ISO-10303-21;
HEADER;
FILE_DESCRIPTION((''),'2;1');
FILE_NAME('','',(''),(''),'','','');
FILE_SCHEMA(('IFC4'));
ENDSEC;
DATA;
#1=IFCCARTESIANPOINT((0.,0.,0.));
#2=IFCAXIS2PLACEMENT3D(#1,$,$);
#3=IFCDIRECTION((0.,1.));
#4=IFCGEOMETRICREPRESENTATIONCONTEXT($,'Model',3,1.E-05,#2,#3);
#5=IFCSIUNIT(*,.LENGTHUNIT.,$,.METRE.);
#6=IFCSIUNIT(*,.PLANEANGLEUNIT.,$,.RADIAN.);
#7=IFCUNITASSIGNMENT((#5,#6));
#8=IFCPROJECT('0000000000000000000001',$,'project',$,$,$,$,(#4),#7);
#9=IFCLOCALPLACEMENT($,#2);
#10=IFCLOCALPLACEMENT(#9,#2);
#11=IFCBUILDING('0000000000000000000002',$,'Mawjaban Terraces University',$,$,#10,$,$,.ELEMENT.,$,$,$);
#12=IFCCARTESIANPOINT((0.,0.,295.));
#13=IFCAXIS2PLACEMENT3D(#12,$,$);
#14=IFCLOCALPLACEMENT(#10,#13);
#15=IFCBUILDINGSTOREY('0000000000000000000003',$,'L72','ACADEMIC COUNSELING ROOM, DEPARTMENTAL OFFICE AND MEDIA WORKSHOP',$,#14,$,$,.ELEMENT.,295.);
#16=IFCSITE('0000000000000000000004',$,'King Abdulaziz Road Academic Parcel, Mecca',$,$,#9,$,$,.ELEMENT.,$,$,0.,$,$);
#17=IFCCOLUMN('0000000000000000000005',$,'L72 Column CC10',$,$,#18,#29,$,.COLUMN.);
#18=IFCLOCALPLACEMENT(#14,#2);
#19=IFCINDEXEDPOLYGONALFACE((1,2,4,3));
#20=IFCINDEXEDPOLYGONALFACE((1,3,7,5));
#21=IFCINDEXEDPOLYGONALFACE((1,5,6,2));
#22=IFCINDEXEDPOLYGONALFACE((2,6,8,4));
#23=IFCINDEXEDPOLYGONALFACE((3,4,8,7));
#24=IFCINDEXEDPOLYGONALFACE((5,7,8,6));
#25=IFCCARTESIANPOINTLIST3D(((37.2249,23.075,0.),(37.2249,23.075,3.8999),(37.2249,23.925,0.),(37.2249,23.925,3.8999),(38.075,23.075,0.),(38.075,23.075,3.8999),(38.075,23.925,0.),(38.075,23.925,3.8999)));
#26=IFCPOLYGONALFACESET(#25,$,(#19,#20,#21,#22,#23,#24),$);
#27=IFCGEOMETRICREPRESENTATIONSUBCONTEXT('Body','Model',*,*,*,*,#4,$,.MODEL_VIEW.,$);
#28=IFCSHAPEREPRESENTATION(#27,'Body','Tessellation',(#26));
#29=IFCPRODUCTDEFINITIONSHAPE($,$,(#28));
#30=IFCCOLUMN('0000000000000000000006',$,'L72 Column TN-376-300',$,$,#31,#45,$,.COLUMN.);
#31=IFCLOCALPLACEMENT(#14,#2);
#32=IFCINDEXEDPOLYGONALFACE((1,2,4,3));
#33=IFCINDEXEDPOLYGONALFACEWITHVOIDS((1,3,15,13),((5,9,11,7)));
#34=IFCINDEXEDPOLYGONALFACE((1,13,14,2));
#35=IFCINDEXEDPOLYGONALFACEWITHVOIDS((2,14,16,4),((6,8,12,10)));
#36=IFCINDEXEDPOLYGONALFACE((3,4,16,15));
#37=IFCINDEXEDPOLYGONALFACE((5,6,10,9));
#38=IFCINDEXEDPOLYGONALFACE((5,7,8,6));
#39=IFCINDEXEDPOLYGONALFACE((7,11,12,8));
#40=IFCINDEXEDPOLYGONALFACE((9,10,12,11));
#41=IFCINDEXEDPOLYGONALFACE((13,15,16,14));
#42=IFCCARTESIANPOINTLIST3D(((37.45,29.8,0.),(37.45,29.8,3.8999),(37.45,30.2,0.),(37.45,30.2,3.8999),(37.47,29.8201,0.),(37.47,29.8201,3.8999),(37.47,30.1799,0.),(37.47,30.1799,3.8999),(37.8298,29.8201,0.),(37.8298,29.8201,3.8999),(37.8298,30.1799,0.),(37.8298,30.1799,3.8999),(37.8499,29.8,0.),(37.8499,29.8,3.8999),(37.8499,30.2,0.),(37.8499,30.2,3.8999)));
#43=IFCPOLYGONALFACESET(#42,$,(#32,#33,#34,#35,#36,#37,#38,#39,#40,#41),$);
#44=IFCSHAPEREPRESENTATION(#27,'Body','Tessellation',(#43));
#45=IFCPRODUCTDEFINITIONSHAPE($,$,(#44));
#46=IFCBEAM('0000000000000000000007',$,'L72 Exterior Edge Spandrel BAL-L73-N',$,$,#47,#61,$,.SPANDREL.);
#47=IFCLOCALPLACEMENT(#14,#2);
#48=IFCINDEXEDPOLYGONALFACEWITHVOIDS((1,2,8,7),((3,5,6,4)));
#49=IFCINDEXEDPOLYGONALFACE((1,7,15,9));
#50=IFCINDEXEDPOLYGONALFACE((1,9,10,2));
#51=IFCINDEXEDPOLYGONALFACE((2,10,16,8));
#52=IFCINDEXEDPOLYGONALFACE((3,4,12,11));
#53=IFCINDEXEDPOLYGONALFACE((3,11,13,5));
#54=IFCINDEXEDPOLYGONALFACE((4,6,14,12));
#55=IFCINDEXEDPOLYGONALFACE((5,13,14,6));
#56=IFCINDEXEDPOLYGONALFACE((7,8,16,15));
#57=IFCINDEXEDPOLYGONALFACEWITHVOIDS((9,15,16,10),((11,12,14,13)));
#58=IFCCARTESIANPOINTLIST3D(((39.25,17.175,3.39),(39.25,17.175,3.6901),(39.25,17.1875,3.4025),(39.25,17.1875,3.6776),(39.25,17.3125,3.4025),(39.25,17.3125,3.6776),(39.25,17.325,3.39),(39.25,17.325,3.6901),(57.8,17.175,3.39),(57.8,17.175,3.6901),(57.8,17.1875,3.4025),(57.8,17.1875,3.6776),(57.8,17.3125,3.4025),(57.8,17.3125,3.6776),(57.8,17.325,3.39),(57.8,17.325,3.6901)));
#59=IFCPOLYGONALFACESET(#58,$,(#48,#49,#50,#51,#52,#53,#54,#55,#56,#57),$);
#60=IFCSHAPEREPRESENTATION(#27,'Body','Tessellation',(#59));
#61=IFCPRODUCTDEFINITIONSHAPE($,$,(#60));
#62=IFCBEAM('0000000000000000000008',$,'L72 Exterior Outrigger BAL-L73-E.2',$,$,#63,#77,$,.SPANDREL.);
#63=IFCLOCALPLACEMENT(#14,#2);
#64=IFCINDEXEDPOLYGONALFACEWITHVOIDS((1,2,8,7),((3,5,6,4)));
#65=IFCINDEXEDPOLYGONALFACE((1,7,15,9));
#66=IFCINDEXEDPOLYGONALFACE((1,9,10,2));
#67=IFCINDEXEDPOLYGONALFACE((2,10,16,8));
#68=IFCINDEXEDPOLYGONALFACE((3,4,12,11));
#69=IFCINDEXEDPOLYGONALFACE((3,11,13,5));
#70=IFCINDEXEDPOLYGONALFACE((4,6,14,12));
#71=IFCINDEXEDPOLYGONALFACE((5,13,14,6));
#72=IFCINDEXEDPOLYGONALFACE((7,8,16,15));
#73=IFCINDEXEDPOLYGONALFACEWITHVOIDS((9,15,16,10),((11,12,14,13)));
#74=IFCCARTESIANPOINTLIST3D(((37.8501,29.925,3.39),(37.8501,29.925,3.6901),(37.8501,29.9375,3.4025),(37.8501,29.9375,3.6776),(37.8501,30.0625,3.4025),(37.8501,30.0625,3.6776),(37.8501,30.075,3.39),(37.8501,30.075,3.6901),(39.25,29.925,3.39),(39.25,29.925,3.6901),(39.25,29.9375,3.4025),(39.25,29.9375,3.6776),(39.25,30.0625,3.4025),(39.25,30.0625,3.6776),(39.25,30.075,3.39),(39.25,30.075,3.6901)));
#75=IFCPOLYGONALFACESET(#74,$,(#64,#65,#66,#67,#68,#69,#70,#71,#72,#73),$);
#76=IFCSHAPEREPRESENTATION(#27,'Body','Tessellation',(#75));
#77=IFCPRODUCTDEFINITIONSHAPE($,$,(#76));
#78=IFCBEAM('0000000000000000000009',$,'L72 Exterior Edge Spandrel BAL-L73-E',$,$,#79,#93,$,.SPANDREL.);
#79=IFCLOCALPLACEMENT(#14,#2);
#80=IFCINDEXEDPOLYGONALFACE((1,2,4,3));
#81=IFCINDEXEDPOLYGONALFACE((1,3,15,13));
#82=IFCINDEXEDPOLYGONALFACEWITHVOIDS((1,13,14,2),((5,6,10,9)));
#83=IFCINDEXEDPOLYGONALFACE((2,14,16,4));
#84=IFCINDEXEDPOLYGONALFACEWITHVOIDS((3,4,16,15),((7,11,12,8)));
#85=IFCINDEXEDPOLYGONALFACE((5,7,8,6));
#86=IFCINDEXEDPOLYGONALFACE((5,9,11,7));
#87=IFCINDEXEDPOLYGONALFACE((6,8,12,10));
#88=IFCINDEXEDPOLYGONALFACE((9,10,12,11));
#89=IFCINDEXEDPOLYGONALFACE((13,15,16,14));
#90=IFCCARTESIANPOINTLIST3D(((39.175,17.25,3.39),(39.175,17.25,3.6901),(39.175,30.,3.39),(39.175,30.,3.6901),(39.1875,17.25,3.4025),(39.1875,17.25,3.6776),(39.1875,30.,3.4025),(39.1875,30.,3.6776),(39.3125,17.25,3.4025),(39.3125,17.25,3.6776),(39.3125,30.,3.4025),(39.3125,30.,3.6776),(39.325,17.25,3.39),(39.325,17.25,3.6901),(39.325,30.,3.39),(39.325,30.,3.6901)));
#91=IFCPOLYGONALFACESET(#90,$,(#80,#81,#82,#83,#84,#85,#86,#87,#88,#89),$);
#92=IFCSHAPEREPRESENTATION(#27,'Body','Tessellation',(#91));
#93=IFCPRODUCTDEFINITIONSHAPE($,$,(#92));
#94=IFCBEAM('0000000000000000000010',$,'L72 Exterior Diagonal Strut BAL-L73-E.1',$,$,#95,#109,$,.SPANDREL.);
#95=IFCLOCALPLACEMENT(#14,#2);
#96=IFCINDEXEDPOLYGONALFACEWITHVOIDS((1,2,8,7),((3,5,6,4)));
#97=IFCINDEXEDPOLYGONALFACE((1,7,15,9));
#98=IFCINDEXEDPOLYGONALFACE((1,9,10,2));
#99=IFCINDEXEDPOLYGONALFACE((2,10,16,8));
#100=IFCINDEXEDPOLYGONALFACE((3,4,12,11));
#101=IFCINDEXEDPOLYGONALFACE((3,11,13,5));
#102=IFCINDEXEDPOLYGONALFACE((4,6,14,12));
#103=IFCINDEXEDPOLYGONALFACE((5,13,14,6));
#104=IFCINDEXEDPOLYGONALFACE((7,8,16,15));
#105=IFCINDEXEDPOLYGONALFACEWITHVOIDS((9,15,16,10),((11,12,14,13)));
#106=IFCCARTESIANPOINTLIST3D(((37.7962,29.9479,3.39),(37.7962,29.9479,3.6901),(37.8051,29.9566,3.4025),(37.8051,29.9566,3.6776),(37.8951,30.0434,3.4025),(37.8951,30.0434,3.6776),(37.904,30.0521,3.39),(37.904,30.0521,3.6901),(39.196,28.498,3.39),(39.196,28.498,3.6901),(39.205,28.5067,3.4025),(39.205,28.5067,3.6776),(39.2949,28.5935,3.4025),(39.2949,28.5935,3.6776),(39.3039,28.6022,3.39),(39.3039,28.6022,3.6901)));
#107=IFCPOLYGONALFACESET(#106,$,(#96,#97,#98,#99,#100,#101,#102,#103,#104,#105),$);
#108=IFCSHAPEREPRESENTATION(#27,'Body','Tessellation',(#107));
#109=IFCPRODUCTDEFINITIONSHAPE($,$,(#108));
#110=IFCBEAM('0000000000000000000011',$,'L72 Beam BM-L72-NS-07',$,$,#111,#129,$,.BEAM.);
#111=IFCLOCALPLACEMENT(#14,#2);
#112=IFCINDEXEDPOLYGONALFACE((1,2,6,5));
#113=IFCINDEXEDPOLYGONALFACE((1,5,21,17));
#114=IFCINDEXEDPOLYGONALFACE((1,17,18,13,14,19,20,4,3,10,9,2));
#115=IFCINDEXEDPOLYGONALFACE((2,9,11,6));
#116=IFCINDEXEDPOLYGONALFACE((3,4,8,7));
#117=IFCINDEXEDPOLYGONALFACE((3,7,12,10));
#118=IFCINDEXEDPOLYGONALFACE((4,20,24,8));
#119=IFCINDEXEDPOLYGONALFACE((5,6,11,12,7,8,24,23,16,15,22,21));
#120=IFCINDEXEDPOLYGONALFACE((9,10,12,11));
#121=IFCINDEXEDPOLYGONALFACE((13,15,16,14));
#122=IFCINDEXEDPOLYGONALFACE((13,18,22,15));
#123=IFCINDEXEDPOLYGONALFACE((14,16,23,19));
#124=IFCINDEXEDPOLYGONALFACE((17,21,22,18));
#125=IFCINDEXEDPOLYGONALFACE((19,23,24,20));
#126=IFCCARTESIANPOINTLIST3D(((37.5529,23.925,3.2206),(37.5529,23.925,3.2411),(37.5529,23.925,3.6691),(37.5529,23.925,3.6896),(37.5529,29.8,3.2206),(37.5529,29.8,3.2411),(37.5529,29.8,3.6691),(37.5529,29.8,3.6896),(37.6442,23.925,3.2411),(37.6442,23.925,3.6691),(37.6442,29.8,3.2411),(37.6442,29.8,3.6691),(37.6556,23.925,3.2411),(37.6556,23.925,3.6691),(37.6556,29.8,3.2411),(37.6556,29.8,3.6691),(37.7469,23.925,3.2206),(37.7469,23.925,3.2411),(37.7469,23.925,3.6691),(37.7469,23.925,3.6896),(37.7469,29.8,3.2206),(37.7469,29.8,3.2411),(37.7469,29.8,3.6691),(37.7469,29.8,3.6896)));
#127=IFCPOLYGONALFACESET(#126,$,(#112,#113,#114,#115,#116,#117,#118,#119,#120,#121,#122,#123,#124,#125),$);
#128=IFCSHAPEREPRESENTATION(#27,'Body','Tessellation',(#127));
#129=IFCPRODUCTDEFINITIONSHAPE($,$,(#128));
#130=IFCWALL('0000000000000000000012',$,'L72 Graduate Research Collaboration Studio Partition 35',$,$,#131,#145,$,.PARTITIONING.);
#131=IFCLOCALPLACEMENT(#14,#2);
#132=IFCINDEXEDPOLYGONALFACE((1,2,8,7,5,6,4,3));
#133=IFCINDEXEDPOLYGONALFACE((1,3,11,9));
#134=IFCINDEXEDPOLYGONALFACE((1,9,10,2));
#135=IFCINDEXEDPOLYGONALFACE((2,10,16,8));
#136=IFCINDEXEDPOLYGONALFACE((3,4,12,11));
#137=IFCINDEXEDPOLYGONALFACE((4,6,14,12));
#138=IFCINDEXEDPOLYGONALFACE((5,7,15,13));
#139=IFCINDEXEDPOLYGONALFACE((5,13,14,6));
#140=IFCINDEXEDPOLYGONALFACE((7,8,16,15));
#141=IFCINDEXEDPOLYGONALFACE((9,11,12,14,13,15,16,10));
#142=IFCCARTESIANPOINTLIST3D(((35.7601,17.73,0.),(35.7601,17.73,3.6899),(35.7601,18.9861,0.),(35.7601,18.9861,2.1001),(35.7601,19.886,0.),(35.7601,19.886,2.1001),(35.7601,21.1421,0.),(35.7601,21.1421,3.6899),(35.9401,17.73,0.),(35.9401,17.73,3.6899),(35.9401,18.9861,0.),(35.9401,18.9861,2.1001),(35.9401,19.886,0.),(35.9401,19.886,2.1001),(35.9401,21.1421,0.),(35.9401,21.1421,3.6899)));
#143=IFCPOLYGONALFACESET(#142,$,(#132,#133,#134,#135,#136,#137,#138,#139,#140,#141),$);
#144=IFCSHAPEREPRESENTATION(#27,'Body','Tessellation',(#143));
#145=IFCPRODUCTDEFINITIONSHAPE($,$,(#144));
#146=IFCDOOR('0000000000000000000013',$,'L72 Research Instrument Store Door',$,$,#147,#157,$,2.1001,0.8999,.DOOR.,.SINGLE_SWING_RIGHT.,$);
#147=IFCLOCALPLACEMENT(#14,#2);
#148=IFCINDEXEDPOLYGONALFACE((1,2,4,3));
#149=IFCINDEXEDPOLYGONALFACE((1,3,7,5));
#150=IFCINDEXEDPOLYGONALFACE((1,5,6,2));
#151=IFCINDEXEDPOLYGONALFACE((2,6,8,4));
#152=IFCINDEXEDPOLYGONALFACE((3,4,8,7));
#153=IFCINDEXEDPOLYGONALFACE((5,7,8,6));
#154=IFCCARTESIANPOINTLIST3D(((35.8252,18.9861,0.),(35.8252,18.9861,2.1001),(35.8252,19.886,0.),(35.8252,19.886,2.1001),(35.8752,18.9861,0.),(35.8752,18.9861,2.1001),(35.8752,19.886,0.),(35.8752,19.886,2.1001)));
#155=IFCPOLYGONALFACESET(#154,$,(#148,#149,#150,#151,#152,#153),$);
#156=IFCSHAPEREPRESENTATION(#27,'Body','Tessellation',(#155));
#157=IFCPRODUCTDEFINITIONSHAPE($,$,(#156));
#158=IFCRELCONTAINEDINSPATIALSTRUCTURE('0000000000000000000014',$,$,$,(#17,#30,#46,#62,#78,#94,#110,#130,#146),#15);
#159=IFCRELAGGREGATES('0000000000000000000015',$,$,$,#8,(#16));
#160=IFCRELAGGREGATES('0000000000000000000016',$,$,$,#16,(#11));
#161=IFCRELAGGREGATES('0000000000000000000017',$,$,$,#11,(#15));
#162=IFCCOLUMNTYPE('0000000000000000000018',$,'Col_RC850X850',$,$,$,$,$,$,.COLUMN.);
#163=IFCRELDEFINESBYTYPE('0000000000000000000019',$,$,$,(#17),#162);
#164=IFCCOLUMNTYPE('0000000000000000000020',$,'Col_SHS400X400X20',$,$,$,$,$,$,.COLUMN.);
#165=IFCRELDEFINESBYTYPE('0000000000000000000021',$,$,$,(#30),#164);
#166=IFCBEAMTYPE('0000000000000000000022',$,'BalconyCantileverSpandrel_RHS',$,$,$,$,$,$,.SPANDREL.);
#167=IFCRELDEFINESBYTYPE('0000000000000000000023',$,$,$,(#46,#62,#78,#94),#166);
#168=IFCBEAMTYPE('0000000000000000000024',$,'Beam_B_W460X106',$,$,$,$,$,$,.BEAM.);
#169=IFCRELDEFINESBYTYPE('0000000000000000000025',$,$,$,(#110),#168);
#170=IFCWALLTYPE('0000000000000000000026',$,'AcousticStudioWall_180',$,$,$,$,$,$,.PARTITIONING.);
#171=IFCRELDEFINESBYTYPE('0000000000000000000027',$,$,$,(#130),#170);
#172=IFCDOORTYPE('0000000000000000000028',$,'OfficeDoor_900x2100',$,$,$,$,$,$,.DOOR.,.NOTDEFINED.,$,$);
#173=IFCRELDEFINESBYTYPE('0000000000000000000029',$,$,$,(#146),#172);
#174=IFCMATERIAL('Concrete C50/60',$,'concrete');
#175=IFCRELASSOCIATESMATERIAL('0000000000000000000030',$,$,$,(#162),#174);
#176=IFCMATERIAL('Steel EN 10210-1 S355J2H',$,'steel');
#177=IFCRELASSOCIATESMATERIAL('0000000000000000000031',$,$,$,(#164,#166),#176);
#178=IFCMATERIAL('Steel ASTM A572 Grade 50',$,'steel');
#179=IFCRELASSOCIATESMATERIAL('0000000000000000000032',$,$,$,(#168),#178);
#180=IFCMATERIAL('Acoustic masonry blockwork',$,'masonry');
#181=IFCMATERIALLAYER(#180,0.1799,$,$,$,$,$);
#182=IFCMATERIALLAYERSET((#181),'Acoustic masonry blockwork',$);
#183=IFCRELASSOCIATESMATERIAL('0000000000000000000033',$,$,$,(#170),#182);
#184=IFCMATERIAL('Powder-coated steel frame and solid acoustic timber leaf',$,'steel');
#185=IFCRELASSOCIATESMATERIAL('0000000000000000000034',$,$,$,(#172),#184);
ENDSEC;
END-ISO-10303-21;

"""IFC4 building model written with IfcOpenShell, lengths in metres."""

from ifc_helpers import new_model, si_unit, direction, frame, frame_2d, origin, origin_2d, place, context, subcontext, project, spatial, rectangle, hollow_rectangle, i_section, extrude, material, layer, layer_set, material_profile, profile_set, type_object, element, fill, save


model = new_model("IFC4")

# Units and contexts
model_context = context("Model", 3, precision=1e-05, world=origin(), true_north=direction((0.0, 1.0)))
body_context = subcontext(model_context, "Body", "Model", "MODEL_VIEW")
ifc_project = project(units=[si_unit("LENGTHUNIT", "METRE"), si_unit("PLANEANGLEUNIT", "RADIAN")], contexts=[model_context])

# Site, building, storey
site_placement = place(None, origin())
site = spatial("IfcSite", under=ifc_project, at=site_placement, Name="King Abdulaziz Road Academic Parcel, Mecca", CompositionType="ELEMENT", RefElevation=0.0)
building_placement = place(site_placement, origin())
building = spatial("IfcBuilding", under=site, at=building_placement, Name="Mawjaban Terraces University", CompositionType="ELEMENT")
storey_placement = place(building_placement, frame((0.0, 0.0, 295.0)))
storey = spatial("IfcBuildingStorey", under=building, at=storey_placement, Name="L72", Description="ACADEMIC COUNSELING ROOM, DEPARTMENTAL OFFICE AND MEDIA WORKSHOP", CompositionType="ELEMENT", Elevation=295.0)

# Columns
ifc_material_1 = material(Name="Concrete C50/60", Category="concrete")
ifc_material_profile_1 = material_profile(ifc_material_1, rectangle(XDim=0.8501, YDim=0.8501, at=origin_2d()), Name="RC850X850")
ifc_profile_set_1 = profile_set([ifc_material_profile_1], Name="Concrete C50/60")
column_type_1 = type_object("IfcColumnType", Name="Col_RC850X850", PredefinedType="COLUMN", material=ifc_profile_set_1)
column_1_placement = place(storey_placement, frame((37.6499, 23.5, 0.0), z_axis=(0.0, 0.0, 1.0), x_axis=(1.0, 0.0, 0.0)))
element("IfcColumn", 1, at=column_1_placement, inside=storey, type_object=column_type_1, Name="L72 Column CC10", PredefinedType="COLUMN", context=body_context, shape_type="SweptSolid", body=[
    extrude(rectangle(XDim=0.8501, YDim=0.8501, at=origin_2d()), origin(), (0.0, 0.0, 1.0), 3.8999),
])
ifc_material_2 = material(Name="Steel EN 10210-1 S355J2H", Category="steel")
ifc_material_profile_2 = material_profile(ifc_material_2, hollow_rectangle(XDim=0.3999, YDim=0.3999, WallThickness=0.02, at=origin_2d()), Name="SHS400X400X20")
ifc_profile_set_2 = profile_set([ifc_material_profile_2], Name="Steel EN 10210-1 S355J2H")
column_type_2 = type_object("IfcColumnType", Name="Col_SHS400X400X20", PredefinedType="COLUMN", material=ifc_profile_set_2)
column_2_placement = place(storey_placement, frame((37.6499, 30.0, 0.0), z_axis=(0.0, 0.0, 1.0), x_axis=(1.0, 0.0, 0.0)))
element("IfcColumn", 2, at=column_2_placement, inside=storey, type_object=column_type_2, Name="L72 Column TN-376-300", PredefinedType="COLUMN", context=body_context, shape_type="SweptSolid", body=[
    extrude(hollow_rectangle(XDim=0.3999, YDim=0.3999, WallThickness=0.02, at=origin_2d()), origin(), (0.0, 0.0, 1.0), 3.8999),
])

# Beams
ifc_material_profile_3 = material_profile(ifc_material_2, hollow_rectangle(XDim=0.1499, YDim=0.3, WallThickness=0.0125, at=origin_2d()), Name="RHS300X150X12.5")
ifc_profile_set_3 = profile_set([ifc_material_profile_3], Name="Steel EN 10210-1 S355J2H")
beam_type_1 = type_object("IfcBeamType", Name="BalconyCantileverSpandrel_RHS", PredefinedType="SPANDREL", material=ifc_profile_set_3)
beam_1_placement = place(storey_placement, frame((39.25, 17.25, 3.54), z_axis=(1.0, 0.0, 0.0), x_axis=(0.0, 1.0, 0.0)))
element("IfcBeam", 3, at=beam_1_placement, inside=storey, type_object=beam_type_1, Name="L72 Exterior Edge Spandrel BAL-L73-N", PredefinedType="SPANDREL", context=body_context, shape_type="SweptSolid", body=[
    extrude(hollow_rectangle(XDim=0.1499, YDim=0.3, WallThickness=0.0125, at=origin_2d()), origin(), (0.0, 0.0, 1.0), 18.55),
])
beam_2_placement = place(storey_placement, frame((37.8501, 30.0, 3.54), z_axis=(1.0, 0.0, 0.0), x_axis=(0.0, 1.0, 0.0)))
element("IfcBeam", 4, at=beam_2_placement, inside=storey, type_object=beam_type_1, Name="L72 Exterior Outrigger BAL-L73-E.2", PredefinedType="SPANDREL", context=body_context, shape_type="SweptSolid", body=[
    extrude(hollow_rectangle(XDim=0.1499, YDim=0.3, WallThickness=0.0125, at=origin_2d()), origin(), (0.0, 0.0, 1.0), 1.3999),
])
beam_3_placement = place(storey_placement, frame((39.25, 17.25, 3.54), z_axis=(0.0, 1.0, 0.0), x_axis=(-1.0, 0.0, 0.0)))
element("IfcBeam", 5, at=beam_3_placement, inside=storey, type_object=beam_type_1, Name="L72 Exterior Edge Spandrel BAL-L73-E", PredefinedType="SPANDREL", context=body_context, shape_type="SweptSolid", body=[
    extrude(hollow_rectangle(XDim=0.1499, YDim=0.3, WallThickness=0.0125, at=origin_2d()), origin(), (0.0, 0.0, 1.0), 12.75),
])
beam_4_placement = place(storey_placement, frame((37.8501, 30.0, 3.54), z_axis=(0.694582, -0.719414, 0.0), x_axis=(0.719414, 0.694582, 0.0)))
element("IfcBeam", 6, at=beam_4_placement, inside=storey, type_object=beam_type_1, Name="L72 Exterior Diagonal Strut BAL-L73-E.1", PredefinedType="SPANDREL", context=body_context, shape_type="SweptSolid", body=[
    extrude(hollow_rectangle(XDim=0.1499, YDim=0.3, WallThickness=0.0125, at=origin_2d()), origin(), (0.0, 0.0, 1.0), 2.0154),
])
ifc_material_3 = material(Name="Steel ASTM A572 Grade 50", Category="steel")
ifc_material_profile_4 = material_profile(ifc_material_3, i_section(OverallWidth=0.1941, OverallDepth=0.469, WebThickness=0.0115, FlangeThickness=0.0205, at=origin_2d()), Name="W460X106")
ifc_profile_set_4 = profile_set([ifc_material_profile_4], Name="Steel ASTM A572 Grade 50")
beam_type_2 = type_object("IfcBeamType", Name="Beam_B_W460X106", PredefinedType="BEAM", material=ifc_profile_set_4)
beam_5_placement = place(storey_placement, frame((37.6499, 23.925, 3.4551), z_axis=(0.0, 1.0, 0.0), x_axis=(-1.0, 0.0, 0.0)))
element("IfcBeam", 7, at=beam_5_placement, inside=storey, type_object=beam_type_2, Name="L72 Beam BM-L72-NS-07", PredefinedType="BEAM", context=body_context, shape_type="SweptSolid", body=[
    extrude(i_section(OverallWidth=0.1941, OverallDepth=0.469, WebThickness=0.0115, FlangeThickness=0.0205, at=origin_2d()), origin(), (0.0, 0.0, 1.0), 5.875),
])

# Wall, opening, door
ifc_material_4 = material(Name="Acoustic masonry blockwork", Category="masonry")
ifc_layer_1 = layer(ifc_material_4, 0.1799)
ifc_layer_set_1 = layer_set([ifc_layer_1], Name="Acoustic masonry blockwork")
wall_type_1 = type_object("IfcWallType", Name="AcousticStudioWall_180", PredefinedType="PARTITIONING", material=ifc_layer_set_1)
wall_1_placement = place(storey_placement, frame((35.8501, 17.73, 0.0), z_axis=(0.0, 0.0, 1.0), x_axis=(0.0, 1.0, 0.0)))
wall_1 = element("IfcWall", 8, at=wall_1_placement, inside=storey, type_object=wall_type_1, Name="L72 Graduate Research Collaboration Studio Partition 35", PredefinedType="PARTITIONING", context=body_context, shape_type="SweptSolid", body=[
    extrude(rectangle(XDim=3.4121, YDim=0.1799, at=frame_2d((1.7061, 0.0))), origin(), (0.0, 0.0, 1.0), 3.6899),
])
opening_1_placement = place(wall_1_placement, frame((1.2561, 0.0, 0.0)))
opening_1 = element("IfcOpeningElement", 9, at=opening_1_placement, cuts=wall_1, PredefinedType="OPENING", context=body_context, shape_type="SweptSolid", body=[
    extrude(rectangle(XDim=0.8999, YDim=2.1001, at=frame_2d((0.45, 1.05))), frame((0.0, 0.0999, 0.0), z_axis=(0.0, -1.0, 0.0), x_axis=(1.0, 0.0, 0.0)), (0.0, 0.0, 1.0), 0.2),
])
ifc_material_5 = material(Name="Powder-coated steel frame and solid acoustic timber leaf", Category="steel")
door_type_1 = type_object("IfcDoorType", Name="OfficeDoor_900x2100", OperationType="NOTDEFINED", PredefinedType="DOOR", material=ifc_material_5)
door_1_placement = place(opening_1_placement, origin())
door_1 = element("IfcDoor", 10, at=door_1_placement, inside=storey, type_object=door_type_1, Name="L72 Research Instrument Store Door", OperationType="SINGLE_SWING_RIGHT", OverallHeight=2.1001, OverallWidth=0.8999, PredefinedType="DOOR", context=body_context, shape_type="SweptSolid", body=[
    extrude(rectangle(XDim=0.8999, YDim=2.1001, at=frame_2d((0.45, 1.05))), frame((0.0, 0.0249, 0.0), z_axis=(0.0, -1.0, 0.0), x_axis=(1.0, 0.0, 0.0)), (0.0, 0.0, 1.0), 0.05),
])
fill(opening_1, door_1)

save(model, "model.ifc")
